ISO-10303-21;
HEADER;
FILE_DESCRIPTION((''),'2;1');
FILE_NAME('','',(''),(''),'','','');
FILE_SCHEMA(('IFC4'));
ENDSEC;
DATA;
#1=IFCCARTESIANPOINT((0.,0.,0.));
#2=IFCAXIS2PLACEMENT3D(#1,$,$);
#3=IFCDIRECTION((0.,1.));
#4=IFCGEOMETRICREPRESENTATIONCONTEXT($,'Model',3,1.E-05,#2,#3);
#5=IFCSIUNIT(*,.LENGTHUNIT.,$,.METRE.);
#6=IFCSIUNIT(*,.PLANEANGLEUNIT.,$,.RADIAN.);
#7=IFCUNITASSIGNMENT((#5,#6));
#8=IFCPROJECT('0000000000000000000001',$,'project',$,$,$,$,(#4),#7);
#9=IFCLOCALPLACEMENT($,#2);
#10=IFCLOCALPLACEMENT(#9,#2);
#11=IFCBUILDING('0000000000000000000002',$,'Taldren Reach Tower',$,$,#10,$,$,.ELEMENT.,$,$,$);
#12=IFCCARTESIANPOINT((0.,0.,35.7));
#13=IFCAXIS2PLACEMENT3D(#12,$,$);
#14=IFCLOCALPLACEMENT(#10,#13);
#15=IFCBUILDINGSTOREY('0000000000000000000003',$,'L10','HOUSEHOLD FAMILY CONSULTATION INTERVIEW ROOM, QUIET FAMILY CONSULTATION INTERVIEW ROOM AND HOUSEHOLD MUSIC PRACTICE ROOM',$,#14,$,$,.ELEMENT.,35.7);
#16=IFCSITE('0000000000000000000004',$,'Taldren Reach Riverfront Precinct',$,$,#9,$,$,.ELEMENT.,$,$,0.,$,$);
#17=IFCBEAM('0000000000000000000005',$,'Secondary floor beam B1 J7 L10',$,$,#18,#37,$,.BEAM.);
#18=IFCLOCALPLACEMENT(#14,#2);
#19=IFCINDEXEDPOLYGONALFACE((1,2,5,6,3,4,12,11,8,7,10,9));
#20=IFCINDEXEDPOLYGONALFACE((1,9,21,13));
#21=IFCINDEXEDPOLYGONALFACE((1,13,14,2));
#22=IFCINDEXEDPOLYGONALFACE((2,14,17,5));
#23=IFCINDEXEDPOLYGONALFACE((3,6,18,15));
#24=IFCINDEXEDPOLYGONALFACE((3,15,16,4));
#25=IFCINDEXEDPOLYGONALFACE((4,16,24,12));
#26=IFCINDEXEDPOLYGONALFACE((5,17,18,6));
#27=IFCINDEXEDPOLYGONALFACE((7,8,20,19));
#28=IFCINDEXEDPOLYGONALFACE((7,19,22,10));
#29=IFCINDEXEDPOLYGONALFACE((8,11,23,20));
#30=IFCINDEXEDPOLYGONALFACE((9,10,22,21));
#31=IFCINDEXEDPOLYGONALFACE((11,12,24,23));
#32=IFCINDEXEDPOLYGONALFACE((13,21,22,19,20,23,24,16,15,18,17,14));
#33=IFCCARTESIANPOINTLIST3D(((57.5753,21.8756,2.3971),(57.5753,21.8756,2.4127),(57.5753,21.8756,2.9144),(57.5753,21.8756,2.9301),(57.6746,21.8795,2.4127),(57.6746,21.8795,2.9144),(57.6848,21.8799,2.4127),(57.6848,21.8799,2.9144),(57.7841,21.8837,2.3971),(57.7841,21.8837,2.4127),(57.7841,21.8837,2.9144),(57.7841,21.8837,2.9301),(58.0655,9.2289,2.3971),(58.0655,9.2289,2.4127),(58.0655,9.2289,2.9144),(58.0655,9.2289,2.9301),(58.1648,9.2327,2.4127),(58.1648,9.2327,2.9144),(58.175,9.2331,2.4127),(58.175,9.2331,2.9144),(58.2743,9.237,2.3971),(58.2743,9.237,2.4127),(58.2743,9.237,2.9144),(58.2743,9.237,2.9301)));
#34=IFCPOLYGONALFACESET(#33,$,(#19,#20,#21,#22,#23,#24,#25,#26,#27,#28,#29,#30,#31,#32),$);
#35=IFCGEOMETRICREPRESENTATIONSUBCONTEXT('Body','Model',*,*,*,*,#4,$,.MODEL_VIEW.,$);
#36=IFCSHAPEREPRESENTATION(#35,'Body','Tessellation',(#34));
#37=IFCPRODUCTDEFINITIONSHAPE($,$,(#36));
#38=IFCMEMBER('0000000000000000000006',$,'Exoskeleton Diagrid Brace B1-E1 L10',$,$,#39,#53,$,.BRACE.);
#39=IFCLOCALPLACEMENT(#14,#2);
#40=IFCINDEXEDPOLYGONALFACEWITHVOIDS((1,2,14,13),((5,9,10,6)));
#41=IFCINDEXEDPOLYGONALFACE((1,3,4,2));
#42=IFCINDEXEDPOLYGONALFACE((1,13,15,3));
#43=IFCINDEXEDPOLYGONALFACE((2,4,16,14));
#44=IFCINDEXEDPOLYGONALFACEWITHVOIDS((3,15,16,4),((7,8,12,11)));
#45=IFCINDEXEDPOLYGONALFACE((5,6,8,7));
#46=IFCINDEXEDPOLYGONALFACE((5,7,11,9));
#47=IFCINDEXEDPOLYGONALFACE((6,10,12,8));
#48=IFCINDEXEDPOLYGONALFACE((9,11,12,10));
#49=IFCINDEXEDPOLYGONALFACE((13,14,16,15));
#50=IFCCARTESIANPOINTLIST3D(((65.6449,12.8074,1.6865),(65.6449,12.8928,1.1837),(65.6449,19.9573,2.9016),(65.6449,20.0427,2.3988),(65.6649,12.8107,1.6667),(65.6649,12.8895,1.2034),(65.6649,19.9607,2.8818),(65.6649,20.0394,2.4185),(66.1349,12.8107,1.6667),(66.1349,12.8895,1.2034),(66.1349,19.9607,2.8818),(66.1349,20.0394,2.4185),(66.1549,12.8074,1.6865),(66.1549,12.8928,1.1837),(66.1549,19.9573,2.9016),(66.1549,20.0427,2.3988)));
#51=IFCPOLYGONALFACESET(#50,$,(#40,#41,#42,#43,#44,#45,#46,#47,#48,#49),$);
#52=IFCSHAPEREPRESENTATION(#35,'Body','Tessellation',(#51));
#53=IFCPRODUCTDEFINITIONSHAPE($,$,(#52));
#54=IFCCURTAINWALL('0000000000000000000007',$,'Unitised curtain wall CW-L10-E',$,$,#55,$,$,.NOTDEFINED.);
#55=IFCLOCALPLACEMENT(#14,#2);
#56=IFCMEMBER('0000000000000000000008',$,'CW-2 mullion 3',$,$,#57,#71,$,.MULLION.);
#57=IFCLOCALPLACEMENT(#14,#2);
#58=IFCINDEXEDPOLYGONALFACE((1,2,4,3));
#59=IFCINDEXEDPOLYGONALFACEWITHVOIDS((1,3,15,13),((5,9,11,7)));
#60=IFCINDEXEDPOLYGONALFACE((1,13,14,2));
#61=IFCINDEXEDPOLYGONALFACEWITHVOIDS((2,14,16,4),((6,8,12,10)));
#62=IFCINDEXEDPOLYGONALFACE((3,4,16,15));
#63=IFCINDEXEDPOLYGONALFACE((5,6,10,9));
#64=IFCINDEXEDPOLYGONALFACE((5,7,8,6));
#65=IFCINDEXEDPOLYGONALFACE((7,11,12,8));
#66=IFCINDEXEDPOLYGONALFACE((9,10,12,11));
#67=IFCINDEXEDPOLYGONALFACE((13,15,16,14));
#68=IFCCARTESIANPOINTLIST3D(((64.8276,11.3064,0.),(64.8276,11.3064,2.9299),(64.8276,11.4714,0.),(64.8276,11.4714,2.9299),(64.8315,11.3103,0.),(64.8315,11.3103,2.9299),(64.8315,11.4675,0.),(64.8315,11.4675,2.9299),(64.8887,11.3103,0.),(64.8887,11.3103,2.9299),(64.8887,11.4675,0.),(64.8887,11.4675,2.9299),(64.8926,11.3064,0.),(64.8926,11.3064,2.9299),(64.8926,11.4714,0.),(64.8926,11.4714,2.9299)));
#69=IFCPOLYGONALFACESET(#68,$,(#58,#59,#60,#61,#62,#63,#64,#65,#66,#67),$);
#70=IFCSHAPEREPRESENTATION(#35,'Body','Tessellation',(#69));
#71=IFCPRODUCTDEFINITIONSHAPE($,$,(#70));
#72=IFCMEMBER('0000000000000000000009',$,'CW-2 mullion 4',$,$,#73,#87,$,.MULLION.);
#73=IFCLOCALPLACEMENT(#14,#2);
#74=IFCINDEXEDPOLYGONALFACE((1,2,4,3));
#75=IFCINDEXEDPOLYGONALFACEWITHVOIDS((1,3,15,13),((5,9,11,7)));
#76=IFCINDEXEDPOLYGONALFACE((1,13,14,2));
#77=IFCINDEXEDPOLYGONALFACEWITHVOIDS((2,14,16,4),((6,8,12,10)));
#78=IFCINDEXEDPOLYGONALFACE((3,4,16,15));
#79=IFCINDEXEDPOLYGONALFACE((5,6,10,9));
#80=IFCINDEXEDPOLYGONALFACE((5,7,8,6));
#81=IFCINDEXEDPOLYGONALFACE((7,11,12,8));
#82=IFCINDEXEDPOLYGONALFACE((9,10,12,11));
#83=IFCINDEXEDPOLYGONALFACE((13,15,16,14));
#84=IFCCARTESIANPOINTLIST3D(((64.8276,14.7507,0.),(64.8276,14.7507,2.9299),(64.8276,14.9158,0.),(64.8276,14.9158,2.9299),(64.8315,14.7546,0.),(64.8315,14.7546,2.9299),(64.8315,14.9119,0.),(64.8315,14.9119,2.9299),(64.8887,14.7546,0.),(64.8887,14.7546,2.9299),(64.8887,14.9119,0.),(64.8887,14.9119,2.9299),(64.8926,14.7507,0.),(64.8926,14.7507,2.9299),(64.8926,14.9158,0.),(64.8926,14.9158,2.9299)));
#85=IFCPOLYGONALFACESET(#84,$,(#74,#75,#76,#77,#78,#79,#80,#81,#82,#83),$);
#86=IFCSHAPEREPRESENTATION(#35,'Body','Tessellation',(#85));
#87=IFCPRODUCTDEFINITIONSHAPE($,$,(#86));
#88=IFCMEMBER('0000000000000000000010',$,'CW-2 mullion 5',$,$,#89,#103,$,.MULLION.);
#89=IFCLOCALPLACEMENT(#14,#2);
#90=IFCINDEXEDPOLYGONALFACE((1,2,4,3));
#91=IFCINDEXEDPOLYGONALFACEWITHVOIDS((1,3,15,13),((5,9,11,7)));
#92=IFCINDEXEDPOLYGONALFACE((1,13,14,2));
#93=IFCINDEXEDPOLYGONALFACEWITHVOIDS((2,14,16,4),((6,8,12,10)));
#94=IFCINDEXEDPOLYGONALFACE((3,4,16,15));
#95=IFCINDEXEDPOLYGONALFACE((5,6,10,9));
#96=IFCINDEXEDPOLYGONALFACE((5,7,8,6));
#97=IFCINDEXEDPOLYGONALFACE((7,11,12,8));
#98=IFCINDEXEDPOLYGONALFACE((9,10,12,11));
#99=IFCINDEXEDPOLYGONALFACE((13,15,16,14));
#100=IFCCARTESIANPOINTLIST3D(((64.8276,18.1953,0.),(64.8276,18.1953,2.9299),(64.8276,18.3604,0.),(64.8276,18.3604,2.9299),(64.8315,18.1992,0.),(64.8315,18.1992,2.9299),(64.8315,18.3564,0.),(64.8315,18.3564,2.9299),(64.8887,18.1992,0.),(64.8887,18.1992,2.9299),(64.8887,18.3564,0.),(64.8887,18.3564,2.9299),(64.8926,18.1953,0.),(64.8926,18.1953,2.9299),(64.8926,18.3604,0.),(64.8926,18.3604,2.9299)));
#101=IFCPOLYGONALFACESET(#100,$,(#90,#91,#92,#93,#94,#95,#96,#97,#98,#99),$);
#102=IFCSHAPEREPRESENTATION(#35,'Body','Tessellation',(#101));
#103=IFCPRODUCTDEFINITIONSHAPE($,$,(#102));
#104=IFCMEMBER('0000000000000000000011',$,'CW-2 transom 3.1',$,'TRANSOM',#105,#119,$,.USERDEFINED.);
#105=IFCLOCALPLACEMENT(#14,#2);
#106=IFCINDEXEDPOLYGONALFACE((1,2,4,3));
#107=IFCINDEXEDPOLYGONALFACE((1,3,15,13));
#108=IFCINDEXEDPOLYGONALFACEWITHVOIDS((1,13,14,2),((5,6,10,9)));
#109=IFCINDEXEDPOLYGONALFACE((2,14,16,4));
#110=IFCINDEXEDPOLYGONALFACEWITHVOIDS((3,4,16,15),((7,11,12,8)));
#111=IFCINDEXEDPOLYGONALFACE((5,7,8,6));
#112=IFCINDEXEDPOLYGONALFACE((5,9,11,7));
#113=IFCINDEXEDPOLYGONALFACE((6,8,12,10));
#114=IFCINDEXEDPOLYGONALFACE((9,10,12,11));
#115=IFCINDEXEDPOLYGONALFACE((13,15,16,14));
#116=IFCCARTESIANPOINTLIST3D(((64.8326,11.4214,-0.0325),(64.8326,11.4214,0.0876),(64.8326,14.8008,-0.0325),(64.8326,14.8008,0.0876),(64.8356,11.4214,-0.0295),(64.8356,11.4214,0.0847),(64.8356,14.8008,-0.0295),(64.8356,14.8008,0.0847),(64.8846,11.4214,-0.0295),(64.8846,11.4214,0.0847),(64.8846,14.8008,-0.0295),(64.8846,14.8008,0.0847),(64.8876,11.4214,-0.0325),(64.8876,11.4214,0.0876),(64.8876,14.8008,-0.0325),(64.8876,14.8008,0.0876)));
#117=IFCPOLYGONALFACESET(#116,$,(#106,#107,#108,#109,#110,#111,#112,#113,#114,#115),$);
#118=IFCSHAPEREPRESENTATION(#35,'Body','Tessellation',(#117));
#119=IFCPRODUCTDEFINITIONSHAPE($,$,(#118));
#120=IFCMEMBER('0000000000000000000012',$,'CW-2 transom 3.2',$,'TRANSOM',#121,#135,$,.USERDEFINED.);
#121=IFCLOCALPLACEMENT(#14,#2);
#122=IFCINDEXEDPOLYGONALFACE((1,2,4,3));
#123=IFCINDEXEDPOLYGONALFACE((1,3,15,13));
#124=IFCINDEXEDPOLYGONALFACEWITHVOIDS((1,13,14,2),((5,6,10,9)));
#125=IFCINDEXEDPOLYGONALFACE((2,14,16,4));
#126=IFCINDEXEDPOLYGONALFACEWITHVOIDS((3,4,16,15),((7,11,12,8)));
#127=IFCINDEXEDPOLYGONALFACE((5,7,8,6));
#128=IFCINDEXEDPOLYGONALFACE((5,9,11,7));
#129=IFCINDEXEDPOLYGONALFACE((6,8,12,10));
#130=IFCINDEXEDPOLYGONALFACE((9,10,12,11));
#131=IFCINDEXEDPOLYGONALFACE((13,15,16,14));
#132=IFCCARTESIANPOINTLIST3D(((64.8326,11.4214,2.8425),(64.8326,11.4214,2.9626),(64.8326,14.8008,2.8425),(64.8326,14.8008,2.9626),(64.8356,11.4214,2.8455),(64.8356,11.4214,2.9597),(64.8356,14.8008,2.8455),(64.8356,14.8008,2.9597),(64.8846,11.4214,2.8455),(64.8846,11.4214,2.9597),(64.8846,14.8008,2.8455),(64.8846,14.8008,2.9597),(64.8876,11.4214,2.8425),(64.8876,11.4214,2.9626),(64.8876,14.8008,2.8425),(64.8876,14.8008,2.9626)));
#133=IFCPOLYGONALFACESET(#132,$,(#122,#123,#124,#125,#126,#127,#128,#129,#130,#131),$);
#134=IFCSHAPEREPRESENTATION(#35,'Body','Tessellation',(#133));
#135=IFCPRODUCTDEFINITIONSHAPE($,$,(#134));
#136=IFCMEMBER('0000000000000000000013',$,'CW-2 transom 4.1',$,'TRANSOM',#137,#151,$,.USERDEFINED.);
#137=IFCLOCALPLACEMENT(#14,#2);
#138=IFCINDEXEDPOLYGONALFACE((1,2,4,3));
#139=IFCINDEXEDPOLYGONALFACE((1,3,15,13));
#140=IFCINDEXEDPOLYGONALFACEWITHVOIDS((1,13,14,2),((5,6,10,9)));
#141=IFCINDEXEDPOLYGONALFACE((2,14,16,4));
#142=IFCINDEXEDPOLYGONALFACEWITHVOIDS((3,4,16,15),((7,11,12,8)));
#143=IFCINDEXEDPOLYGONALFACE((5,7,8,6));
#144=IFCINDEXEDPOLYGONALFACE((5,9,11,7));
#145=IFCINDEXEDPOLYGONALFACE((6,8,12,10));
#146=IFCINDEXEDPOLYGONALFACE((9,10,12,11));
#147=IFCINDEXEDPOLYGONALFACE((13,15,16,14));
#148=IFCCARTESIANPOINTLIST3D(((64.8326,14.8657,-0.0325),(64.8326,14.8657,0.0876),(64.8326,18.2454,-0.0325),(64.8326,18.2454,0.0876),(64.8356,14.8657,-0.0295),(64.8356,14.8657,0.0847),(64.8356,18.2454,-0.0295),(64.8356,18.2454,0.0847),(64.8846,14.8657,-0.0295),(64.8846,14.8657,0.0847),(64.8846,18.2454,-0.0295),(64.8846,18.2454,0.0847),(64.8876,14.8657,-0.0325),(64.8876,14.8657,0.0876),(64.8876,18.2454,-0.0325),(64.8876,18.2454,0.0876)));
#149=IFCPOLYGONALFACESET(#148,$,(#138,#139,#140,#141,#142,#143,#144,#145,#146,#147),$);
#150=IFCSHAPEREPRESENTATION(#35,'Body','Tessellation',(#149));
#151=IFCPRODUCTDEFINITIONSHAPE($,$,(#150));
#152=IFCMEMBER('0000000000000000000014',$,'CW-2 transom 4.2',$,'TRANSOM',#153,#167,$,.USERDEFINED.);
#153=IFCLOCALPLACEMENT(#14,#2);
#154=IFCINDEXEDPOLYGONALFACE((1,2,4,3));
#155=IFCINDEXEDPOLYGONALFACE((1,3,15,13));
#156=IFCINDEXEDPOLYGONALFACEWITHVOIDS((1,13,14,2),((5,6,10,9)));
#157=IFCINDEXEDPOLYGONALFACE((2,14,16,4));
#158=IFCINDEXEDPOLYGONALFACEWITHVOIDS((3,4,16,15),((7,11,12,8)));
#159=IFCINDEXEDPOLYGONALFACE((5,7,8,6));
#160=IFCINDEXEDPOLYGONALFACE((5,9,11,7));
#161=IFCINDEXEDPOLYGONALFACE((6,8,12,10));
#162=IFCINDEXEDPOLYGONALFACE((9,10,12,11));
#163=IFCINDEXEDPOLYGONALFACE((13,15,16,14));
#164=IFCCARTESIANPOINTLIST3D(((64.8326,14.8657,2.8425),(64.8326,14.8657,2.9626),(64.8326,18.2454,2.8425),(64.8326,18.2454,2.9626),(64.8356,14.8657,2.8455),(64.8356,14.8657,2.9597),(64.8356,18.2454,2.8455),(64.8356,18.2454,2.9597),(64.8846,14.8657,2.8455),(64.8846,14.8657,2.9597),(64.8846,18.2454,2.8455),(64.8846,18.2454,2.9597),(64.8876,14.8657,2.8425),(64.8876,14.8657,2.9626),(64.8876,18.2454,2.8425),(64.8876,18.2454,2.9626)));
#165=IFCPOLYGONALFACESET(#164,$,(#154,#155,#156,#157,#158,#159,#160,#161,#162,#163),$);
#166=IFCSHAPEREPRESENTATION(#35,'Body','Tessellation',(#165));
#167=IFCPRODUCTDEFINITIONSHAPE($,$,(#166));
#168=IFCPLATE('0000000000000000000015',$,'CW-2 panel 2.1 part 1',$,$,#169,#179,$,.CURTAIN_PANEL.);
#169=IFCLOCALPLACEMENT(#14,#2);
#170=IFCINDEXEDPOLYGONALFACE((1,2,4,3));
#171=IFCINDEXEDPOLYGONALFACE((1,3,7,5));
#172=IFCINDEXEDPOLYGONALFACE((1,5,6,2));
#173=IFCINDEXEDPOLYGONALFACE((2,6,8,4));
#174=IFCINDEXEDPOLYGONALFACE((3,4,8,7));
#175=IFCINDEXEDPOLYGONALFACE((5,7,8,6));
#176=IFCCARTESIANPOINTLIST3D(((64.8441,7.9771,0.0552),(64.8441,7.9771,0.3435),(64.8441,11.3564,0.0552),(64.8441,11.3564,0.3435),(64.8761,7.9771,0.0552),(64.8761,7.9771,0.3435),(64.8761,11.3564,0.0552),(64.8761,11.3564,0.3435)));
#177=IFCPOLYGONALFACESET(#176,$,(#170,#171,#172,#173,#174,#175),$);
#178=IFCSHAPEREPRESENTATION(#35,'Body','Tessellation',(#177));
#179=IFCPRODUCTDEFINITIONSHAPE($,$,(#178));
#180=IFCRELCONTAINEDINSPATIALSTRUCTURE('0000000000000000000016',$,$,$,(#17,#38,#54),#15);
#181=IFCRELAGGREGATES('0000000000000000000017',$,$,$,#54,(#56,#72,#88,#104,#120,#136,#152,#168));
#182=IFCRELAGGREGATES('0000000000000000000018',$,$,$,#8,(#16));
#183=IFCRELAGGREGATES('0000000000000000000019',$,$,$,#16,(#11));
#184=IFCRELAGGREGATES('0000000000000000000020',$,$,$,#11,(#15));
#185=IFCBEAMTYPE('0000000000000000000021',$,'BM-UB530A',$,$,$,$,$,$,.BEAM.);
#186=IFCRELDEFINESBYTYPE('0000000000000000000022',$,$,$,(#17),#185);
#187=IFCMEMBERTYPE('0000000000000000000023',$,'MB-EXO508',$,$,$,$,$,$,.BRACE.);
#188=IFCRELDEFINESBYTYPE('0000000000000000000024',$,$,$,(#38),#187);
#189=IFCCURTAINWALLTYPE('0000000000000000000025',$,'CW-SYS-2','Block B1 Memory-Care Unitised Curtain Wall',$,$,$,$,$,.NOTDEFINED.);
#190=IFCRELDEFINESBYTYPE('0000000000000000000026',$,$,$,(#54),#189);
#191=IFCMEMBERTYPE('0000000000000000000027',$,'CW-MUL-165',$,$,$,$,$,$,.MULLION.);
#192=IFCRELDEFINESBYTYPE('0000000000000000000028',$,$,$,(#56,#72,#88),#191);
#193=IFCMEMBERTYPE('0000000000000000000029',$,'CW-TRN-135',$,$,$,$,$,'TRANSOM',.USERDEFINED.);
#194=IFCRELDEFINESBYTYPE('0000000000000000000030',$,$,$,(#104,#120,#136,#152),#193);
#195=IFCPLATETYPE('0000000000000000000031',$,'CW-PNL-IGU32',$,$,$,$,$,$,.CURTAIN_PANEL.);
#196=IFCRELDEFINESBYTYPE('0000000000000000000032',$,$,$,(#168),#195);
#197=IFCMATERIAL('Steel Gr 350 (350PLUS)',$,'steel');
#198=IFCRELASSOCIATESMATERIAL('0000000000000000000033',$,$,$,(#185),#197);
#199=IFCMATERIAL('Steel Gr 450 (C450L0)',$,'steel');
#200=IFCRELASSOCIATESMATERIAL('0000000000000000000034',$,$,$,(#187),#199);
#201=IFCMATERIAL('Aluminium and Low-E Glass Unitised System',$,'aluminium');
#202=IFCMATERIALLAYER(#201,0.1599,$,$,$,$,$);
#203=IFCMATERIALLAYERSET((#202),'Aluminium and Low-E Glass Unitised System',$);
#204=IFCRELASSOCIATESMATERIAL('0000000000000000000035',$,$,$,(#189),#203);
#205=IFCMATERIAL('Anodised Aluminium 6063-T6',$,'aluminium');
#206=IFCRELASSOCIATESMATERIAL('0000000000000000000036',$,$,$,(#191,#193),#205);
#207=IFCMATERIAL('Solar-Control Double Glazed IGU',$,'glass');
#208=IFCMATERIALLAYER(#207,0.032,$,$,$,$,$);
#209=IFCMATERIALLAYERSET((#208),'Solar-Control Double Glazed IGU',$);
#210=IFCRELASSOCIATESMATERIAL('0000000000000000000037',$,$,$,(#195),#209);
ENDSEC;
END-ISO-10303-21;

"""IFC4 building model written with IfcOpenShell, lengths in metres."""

from ifc_helpers import new_model, si_unit, direction, frame, origin, origin_2d, place, context, subcontext, project, spatial, rectangle, hollow_rectangle, i_section, extrude, source, transform, mapped, material, layer, layer_set, material_profile, profile_set, type_object, element, aggregate, save


model = new_model("IFC4")

# Units and contexts
model_context = context("Model", 3, precision=1e-05, world=origin(), true_north=direction((0.0, 1.0)))
body_context = subcontext(model_context, "Body", "Model", "MODEL_VIEW")
ifc_project = project(units=[si_unit("LENGTHUNIT", "METRE"), si_unit("PLANEANGLEUNIT", "RADIAN")], contexts=[model_context])

# Site, building, storey
site_placement = place(None, origin())
site = spatial("IfcSite", under=ifc_project, at=site_placement, Name="Taldren Reach Riverfront Precinct", CompositionType="ELEMENT", RefElevation=0.0)
building_placement = place(site_placement, origin())
building = spatial("IfcBuilding", under=site, at=building_placement, Name="Taldren Reach Tower", CompositionType="ELEMENT")
storey_placement = place(building_placement, frame((0.0, 0.0, 35.7)))
storey = spatial("IfcBuildingStorey", under=building, at=storey_placement, Name="L10", Description="HOUSEHOLD FAMILY CONSULTATION INTERVIEW ROOM, QUIET FAMILY CONSULTATION INTERVIEW ROOM AND HOUSEHOLD MUSIC PRACTICE ROOM", CompositionType="ELEMENT", Elevation=35.7)

# Beam
ifc_material_1 = material(Name="Steel Gr 350 (350PLUS)", Category="steel")
ifc_material_profile_1 = material_profile(ifc_material_1, i_section(OverallWidth=0.209, OverallDepth=0.533, WebThickness=0.0103, FlangeThickness=0.0156, at=origin_2d()), Name="530UB92.4")
ifc_profile_set_1 = profile_set([ifc_material_profile_1], Name="Steel Gr 350 (350PLUS)")
beam_type = type_object("IfcBeamType", Name="BM-UB530A", PredefinedType="BEAM", material=ifc_profile_set_1)
shared_shape_1 = source(origin(), body_context, "Body", "SweptSolid", [
    extrude(i_section(OverallWidth=0.209, OverallDepth=0.533, WebThickness=0.0103, FlangeThickness=0.0156, at=origin_2d()), origin(), (0.0, 0.0, 1.0), 12.6562),
])
beam_placement = place(storey_placement, frame((58.1699, 9.2329, 2.6636), z_axis=(-0.038735, 0.99925, 0.0), x_axis=(-0.99925, -0.038735, 0.0)))
element("IfcBeam", 1, at=beam_placement, inside=storey, type_object=beam_type, Name="Secondary floor beam B1 J7 L10", PredefinedType="BEAM", context=body_context, shape_type="MappedRepresentation", body=[
    mapped(shared_shape_1, transform((0.0, 0.0, 0.0), scale=1.0)),
])

# Member
ifc_material_2 = material(Name="Steel Gr 450 (C450L0)", Category="steel")
ifc_material_profile_2 = material_profile(ifc_material_2, hollow_rectangle(XDim=0.51, YDim=0.51, WallThickness=0.02, at=origin_2d()), Name="510x510x20.0SHS")
ifc_profile_set_2 = profile_set([ifc_material_profile_2], Name="Steel Gr 450 (C450L0)")
member_type_1 = type_object("IfcMemberType", Name="MB-EXO508", PredefinedType="BRACE", material=ifc_profile_set_2)
shared_shape_2 = source(origin(), body_context, "Body", "SweptSolid", [
    extrude(hollow_rectangle(XDim=0.51, YDim=0.51, WallThickness=0.02, at=origin_2d()), origin(), (0.0, 0.0, 1.0), 7.2524),
])
member_1_placement = place(storey_placement, frame((65.8999, 12.8501, 1.4351), z_axis=(0.0, 0.985865, 0.167542), x_axis=(-1.0, 0.0, 0.0)))
element("IfcMember", 2, at=member_1_placement, inside=storey, type_object=member_type_1, Name="Exoskeleton Diagrid Brace B1-E1 L10", PredefinedType="BRACE", context=body_context, shape_type="MappedRepresentation", body=[
    mapped(shared_shape_2, transform((0.0, 0.0, 0.0), scale=1.0)),
])

# Curtain wall, members, plate
ifc_material_3 = material(Name="Aluminium and Low-E Glass Unitised System", Category="aluminium")
ifc_layer_1 = layer(ifc_material_3, 0.1599)
ifc_layer_set_1 = layer_set([ifc_layer_1], Name="Aluminium and Low-E Glass Unitised System")
curtain_wall_type = type_object("IfcCurtainWallType", Name="CW-SYS-2", Description="Block B1 Memory-Care Unitised Curtain Wall", PredefinedType="NOTDEFINED", material=ifc_layer_set_1)
curtain_wall_placement = place(storey_placement, origin())
curtain_wall = element("IfcCurtainWall", 3, at=curtain_wall_placement, inside=storey, type_object=curtain_wall_type, Name="Unitised curtain wall CW-L10-E", PredefinedType="NOTDEFINED")
ifc_material_4 = material(Name="Anodised Aluminium 6063-T6", Category="aluminium")
ifc_material_profile_3 = material_profile(ifc_material_4, hollow_rectangle(XDim=0.0649, YDim=0.165, WallThickness=0.0039, at=origin_2d()), Name="ALU-165x65x4RHS")
ifc_profile_set_3 = profile_set([ifc_material_profile_3], Name="Anodised Aluminium 6063-T6")
member_type_2 = type_object("IfcMemberType", Name="CW-MUL-165", PredefinedType="MULLION", material=ifc_profile_set_3)
shared_shape_3 = source(origin(), body_context, "Body", "SweptSolid", [
    extrude(hollow_rectangle(XDim=0.0649, YDim=0.165, WallThickness=0.0039, at=origin_2d()), origin(), (0.0, 0.0, 1.0), 2.9299),
])
member_2_placement = place(storey_placement, frame((64.8601, 11.3889, 0.0), z_axis=(0.0, 0.0, 1.0), x_axis=(-1.0, 0.0, 0.0)))
member_2 = element("IfcMember", 4, at=member_2_placement, type_object=member_type_2, Name="CW-2 mullion 3", PredefinedType="MULLION", context=body_context, shape_type="MappedRepresentation", body=[
    mapped(shared_shape_3, transform((0.0, 0.0, 0.0), scale=1.0)),
])
member_3_placement = place(storey_placement, frame((64.8601, 14.8333, 0.0), z_axis=(0.0, 0.0, 1.0), x_axis=(-1.0, 0.0, 0.0)))
member_3 = element("IfcMember", 5, at=member_3_placement, type_object=member_type_2, Name="CW-2 mullion 4", PredefinedType="MULLION", context=body_context, shape_type="MappedRepresentation", body=[
    mapped(shared_shape_3, transform((0.0, 0.0, 0.0), scale=1.0)),
])
member_4_placement = place(storey_placement, frame((64.8601, 18.2778, 0.0), z_axis=(0.0, 0.0, 1.0), x_axis=(-1.0, 0.0, 0.0)))
member_4 = element("IfcMember", 6, at=member_4_placement, type_object=member_type_2, Name="CW-2 mullion 5", PredefinedType="MULLION", context=body_context, shape_type="MappedRepresentation", body=[
    mapped(shared_shape_3, transform((0.0, 0.0, 0.0), scale=1.0)),
])
ifc_material_profile_4 = material_profile(ifc_material_4, hollow_rectangle(XDim=0.0549, YDim=0.1201, WallThickness=0.0029, at=origin_2d()), Name="ALU-120x55x3RHS")
ifc_profile_set_4 = profile_set([ifc_material_profile_4], Name="Anodised Aluminium 6063-T6")
member_type_3 = type_object("IfcMemberType", Name="CW-TRN-135", ElementType="TRANSOM", PredefinedType="USERDEFINED", material=ifc_profile_set_4)
shared_shape_4 = source(origin(), body_context, "Body", "SweptSolid", [
    extrude(hollow_rectangle(XDim=0.0549, YDim=0.1201, WallThickness=0.0029, at=origin_2d()), origin(), (0.0, 0.0, 1.0), 3.3794),
])
member_5_placement = place(storey_placement, frame((64.8601, 11.4214, 0.0276), z_axis=(0.0, 1.0, 0.0), x_axis=(-1.0, 0.0, 0.0)))
member_5 = element("IfcMember", 7, at=member_5_placement, type_object=member_type_3, Name="CW-2 transom 3.1", ObjectType="TRANSOM", PredefinedType="USERDEFINED", context=body_context, shape_type="MappedRepresentation", body=[
    mapped(shared_shape_4, transform((0.0, 0.0, 0.0), scale=1.0)),
])
member_6_placement = place(storey_placement, frame((64.8601, 11.4214, 2.9026), z_axis=(0.0, 1.0, 0.0), x_axis=(-1.0, 0.0, 0.0)))
member_6 = element("IfcMember", 8, at=member_6_placement, type_object=member_type_3, Name="CW-2 transom 3.2", ObjectType="TRANSOM", PredefinedType="USERDEFINED", context=body_context, shape_type="MappedRepresentation", body=[
    mapped(shared_shape_4, transform((0.0, 0.0, 0.0), scale=1.0)),
])
shared_shape_5 = source(origin(), body_context, "Body", "SweptSolid", [
    extrude(hollow_rectangle(XDim=0.0549, YDim=0.1201, WallThickness=0.0029, at=origin_2d()), origin(), (0.0, 0.0, 1.0), 3.3796),
])
member_7_placement = place(storey_placement, frame((64.8601, 14.8657, 0.0276), z_axis=(0.0, 1.0, 0.0), x_axis=(-1.0, 0.0, 0.0)))
member_7 = element("IfcMember", 9, at=member_7_placement, type_object=member_type_3, Name="CW-2 transom 4.1", ObjectType="TRANSOM", PredefinedType="USERDEFINED", context=body_context, shape_type="MappedRepresentation", body=[
    mapped(shared_shape_5, transform((0.0, 0.0, 0.0), scale=1.0)),
])
member_8_placement = place(storey_placement, frame((64.8601, 14.8657, 2.9026), z_axis=(0.0, 1.0, 0.0), x_axis=(-1.0, 0.0, 0.0)))
member_8 = element("IfcMember", 10, at=member_8_placement, type_object=member_type_3, Name="CW-2 transom 4.2", ObjectType="TRANSOM", PredefinedType="USERDEFINED", context=body_context, shape_type="MappedRepresentation", body=[
    mapped(shared_shape_5, transform((0.0, 0.0, 0.0), scale=1.0)),
])
ifc_material_5 = material(Name="Solar-Control Double Glazed IGU", Category="glass")
ifc_layer_2 = layer(ifc_material_5, 0.032)
ifc_layer_set_2 = layer_set([ifc_layer_2], Name="Solar-Control Double Glazed IGU")
plate_type = type_object("IfcPlateType", Name="CW-PNL-IGU32", PredefinedType="CURTAIN_PANEL", material=ifc_layer_set_2)
shared_shape_6 = source(origin(), body_context, "Body", "SweptSolid", [
    extrude(rectangle(XDim=3.3794, YDim=0.032, at=origin_2d()), origin(), (0.0, 0.0, 1.0), 0.2883),
])
plate_1_placement = place(storey_placement, frame((64.8601, 9.6667, 0.0552), z_axis=(0.0, 0.0, 1.0), x_axis=(0.0, 1.0, 0.0)))
plate_1 = element("IfcPlate", 11, at=plate_1_placement, type_object=plate_type, Name="CW-2 panel 2.1 part 1", PredefinedType="CURTAIN_PANEL", context=body_context, shape_type="MappedRepresentation", body=[
    mapped(shared_shape_6, transform((0.0, 0.0, 0.0), scale=1.0)),
])
aggregate(curtain_wall, [member_2, member_3, member_4, member_5, member_6, member_7, member_8, plate_1])

save(model, "model.ifc")
